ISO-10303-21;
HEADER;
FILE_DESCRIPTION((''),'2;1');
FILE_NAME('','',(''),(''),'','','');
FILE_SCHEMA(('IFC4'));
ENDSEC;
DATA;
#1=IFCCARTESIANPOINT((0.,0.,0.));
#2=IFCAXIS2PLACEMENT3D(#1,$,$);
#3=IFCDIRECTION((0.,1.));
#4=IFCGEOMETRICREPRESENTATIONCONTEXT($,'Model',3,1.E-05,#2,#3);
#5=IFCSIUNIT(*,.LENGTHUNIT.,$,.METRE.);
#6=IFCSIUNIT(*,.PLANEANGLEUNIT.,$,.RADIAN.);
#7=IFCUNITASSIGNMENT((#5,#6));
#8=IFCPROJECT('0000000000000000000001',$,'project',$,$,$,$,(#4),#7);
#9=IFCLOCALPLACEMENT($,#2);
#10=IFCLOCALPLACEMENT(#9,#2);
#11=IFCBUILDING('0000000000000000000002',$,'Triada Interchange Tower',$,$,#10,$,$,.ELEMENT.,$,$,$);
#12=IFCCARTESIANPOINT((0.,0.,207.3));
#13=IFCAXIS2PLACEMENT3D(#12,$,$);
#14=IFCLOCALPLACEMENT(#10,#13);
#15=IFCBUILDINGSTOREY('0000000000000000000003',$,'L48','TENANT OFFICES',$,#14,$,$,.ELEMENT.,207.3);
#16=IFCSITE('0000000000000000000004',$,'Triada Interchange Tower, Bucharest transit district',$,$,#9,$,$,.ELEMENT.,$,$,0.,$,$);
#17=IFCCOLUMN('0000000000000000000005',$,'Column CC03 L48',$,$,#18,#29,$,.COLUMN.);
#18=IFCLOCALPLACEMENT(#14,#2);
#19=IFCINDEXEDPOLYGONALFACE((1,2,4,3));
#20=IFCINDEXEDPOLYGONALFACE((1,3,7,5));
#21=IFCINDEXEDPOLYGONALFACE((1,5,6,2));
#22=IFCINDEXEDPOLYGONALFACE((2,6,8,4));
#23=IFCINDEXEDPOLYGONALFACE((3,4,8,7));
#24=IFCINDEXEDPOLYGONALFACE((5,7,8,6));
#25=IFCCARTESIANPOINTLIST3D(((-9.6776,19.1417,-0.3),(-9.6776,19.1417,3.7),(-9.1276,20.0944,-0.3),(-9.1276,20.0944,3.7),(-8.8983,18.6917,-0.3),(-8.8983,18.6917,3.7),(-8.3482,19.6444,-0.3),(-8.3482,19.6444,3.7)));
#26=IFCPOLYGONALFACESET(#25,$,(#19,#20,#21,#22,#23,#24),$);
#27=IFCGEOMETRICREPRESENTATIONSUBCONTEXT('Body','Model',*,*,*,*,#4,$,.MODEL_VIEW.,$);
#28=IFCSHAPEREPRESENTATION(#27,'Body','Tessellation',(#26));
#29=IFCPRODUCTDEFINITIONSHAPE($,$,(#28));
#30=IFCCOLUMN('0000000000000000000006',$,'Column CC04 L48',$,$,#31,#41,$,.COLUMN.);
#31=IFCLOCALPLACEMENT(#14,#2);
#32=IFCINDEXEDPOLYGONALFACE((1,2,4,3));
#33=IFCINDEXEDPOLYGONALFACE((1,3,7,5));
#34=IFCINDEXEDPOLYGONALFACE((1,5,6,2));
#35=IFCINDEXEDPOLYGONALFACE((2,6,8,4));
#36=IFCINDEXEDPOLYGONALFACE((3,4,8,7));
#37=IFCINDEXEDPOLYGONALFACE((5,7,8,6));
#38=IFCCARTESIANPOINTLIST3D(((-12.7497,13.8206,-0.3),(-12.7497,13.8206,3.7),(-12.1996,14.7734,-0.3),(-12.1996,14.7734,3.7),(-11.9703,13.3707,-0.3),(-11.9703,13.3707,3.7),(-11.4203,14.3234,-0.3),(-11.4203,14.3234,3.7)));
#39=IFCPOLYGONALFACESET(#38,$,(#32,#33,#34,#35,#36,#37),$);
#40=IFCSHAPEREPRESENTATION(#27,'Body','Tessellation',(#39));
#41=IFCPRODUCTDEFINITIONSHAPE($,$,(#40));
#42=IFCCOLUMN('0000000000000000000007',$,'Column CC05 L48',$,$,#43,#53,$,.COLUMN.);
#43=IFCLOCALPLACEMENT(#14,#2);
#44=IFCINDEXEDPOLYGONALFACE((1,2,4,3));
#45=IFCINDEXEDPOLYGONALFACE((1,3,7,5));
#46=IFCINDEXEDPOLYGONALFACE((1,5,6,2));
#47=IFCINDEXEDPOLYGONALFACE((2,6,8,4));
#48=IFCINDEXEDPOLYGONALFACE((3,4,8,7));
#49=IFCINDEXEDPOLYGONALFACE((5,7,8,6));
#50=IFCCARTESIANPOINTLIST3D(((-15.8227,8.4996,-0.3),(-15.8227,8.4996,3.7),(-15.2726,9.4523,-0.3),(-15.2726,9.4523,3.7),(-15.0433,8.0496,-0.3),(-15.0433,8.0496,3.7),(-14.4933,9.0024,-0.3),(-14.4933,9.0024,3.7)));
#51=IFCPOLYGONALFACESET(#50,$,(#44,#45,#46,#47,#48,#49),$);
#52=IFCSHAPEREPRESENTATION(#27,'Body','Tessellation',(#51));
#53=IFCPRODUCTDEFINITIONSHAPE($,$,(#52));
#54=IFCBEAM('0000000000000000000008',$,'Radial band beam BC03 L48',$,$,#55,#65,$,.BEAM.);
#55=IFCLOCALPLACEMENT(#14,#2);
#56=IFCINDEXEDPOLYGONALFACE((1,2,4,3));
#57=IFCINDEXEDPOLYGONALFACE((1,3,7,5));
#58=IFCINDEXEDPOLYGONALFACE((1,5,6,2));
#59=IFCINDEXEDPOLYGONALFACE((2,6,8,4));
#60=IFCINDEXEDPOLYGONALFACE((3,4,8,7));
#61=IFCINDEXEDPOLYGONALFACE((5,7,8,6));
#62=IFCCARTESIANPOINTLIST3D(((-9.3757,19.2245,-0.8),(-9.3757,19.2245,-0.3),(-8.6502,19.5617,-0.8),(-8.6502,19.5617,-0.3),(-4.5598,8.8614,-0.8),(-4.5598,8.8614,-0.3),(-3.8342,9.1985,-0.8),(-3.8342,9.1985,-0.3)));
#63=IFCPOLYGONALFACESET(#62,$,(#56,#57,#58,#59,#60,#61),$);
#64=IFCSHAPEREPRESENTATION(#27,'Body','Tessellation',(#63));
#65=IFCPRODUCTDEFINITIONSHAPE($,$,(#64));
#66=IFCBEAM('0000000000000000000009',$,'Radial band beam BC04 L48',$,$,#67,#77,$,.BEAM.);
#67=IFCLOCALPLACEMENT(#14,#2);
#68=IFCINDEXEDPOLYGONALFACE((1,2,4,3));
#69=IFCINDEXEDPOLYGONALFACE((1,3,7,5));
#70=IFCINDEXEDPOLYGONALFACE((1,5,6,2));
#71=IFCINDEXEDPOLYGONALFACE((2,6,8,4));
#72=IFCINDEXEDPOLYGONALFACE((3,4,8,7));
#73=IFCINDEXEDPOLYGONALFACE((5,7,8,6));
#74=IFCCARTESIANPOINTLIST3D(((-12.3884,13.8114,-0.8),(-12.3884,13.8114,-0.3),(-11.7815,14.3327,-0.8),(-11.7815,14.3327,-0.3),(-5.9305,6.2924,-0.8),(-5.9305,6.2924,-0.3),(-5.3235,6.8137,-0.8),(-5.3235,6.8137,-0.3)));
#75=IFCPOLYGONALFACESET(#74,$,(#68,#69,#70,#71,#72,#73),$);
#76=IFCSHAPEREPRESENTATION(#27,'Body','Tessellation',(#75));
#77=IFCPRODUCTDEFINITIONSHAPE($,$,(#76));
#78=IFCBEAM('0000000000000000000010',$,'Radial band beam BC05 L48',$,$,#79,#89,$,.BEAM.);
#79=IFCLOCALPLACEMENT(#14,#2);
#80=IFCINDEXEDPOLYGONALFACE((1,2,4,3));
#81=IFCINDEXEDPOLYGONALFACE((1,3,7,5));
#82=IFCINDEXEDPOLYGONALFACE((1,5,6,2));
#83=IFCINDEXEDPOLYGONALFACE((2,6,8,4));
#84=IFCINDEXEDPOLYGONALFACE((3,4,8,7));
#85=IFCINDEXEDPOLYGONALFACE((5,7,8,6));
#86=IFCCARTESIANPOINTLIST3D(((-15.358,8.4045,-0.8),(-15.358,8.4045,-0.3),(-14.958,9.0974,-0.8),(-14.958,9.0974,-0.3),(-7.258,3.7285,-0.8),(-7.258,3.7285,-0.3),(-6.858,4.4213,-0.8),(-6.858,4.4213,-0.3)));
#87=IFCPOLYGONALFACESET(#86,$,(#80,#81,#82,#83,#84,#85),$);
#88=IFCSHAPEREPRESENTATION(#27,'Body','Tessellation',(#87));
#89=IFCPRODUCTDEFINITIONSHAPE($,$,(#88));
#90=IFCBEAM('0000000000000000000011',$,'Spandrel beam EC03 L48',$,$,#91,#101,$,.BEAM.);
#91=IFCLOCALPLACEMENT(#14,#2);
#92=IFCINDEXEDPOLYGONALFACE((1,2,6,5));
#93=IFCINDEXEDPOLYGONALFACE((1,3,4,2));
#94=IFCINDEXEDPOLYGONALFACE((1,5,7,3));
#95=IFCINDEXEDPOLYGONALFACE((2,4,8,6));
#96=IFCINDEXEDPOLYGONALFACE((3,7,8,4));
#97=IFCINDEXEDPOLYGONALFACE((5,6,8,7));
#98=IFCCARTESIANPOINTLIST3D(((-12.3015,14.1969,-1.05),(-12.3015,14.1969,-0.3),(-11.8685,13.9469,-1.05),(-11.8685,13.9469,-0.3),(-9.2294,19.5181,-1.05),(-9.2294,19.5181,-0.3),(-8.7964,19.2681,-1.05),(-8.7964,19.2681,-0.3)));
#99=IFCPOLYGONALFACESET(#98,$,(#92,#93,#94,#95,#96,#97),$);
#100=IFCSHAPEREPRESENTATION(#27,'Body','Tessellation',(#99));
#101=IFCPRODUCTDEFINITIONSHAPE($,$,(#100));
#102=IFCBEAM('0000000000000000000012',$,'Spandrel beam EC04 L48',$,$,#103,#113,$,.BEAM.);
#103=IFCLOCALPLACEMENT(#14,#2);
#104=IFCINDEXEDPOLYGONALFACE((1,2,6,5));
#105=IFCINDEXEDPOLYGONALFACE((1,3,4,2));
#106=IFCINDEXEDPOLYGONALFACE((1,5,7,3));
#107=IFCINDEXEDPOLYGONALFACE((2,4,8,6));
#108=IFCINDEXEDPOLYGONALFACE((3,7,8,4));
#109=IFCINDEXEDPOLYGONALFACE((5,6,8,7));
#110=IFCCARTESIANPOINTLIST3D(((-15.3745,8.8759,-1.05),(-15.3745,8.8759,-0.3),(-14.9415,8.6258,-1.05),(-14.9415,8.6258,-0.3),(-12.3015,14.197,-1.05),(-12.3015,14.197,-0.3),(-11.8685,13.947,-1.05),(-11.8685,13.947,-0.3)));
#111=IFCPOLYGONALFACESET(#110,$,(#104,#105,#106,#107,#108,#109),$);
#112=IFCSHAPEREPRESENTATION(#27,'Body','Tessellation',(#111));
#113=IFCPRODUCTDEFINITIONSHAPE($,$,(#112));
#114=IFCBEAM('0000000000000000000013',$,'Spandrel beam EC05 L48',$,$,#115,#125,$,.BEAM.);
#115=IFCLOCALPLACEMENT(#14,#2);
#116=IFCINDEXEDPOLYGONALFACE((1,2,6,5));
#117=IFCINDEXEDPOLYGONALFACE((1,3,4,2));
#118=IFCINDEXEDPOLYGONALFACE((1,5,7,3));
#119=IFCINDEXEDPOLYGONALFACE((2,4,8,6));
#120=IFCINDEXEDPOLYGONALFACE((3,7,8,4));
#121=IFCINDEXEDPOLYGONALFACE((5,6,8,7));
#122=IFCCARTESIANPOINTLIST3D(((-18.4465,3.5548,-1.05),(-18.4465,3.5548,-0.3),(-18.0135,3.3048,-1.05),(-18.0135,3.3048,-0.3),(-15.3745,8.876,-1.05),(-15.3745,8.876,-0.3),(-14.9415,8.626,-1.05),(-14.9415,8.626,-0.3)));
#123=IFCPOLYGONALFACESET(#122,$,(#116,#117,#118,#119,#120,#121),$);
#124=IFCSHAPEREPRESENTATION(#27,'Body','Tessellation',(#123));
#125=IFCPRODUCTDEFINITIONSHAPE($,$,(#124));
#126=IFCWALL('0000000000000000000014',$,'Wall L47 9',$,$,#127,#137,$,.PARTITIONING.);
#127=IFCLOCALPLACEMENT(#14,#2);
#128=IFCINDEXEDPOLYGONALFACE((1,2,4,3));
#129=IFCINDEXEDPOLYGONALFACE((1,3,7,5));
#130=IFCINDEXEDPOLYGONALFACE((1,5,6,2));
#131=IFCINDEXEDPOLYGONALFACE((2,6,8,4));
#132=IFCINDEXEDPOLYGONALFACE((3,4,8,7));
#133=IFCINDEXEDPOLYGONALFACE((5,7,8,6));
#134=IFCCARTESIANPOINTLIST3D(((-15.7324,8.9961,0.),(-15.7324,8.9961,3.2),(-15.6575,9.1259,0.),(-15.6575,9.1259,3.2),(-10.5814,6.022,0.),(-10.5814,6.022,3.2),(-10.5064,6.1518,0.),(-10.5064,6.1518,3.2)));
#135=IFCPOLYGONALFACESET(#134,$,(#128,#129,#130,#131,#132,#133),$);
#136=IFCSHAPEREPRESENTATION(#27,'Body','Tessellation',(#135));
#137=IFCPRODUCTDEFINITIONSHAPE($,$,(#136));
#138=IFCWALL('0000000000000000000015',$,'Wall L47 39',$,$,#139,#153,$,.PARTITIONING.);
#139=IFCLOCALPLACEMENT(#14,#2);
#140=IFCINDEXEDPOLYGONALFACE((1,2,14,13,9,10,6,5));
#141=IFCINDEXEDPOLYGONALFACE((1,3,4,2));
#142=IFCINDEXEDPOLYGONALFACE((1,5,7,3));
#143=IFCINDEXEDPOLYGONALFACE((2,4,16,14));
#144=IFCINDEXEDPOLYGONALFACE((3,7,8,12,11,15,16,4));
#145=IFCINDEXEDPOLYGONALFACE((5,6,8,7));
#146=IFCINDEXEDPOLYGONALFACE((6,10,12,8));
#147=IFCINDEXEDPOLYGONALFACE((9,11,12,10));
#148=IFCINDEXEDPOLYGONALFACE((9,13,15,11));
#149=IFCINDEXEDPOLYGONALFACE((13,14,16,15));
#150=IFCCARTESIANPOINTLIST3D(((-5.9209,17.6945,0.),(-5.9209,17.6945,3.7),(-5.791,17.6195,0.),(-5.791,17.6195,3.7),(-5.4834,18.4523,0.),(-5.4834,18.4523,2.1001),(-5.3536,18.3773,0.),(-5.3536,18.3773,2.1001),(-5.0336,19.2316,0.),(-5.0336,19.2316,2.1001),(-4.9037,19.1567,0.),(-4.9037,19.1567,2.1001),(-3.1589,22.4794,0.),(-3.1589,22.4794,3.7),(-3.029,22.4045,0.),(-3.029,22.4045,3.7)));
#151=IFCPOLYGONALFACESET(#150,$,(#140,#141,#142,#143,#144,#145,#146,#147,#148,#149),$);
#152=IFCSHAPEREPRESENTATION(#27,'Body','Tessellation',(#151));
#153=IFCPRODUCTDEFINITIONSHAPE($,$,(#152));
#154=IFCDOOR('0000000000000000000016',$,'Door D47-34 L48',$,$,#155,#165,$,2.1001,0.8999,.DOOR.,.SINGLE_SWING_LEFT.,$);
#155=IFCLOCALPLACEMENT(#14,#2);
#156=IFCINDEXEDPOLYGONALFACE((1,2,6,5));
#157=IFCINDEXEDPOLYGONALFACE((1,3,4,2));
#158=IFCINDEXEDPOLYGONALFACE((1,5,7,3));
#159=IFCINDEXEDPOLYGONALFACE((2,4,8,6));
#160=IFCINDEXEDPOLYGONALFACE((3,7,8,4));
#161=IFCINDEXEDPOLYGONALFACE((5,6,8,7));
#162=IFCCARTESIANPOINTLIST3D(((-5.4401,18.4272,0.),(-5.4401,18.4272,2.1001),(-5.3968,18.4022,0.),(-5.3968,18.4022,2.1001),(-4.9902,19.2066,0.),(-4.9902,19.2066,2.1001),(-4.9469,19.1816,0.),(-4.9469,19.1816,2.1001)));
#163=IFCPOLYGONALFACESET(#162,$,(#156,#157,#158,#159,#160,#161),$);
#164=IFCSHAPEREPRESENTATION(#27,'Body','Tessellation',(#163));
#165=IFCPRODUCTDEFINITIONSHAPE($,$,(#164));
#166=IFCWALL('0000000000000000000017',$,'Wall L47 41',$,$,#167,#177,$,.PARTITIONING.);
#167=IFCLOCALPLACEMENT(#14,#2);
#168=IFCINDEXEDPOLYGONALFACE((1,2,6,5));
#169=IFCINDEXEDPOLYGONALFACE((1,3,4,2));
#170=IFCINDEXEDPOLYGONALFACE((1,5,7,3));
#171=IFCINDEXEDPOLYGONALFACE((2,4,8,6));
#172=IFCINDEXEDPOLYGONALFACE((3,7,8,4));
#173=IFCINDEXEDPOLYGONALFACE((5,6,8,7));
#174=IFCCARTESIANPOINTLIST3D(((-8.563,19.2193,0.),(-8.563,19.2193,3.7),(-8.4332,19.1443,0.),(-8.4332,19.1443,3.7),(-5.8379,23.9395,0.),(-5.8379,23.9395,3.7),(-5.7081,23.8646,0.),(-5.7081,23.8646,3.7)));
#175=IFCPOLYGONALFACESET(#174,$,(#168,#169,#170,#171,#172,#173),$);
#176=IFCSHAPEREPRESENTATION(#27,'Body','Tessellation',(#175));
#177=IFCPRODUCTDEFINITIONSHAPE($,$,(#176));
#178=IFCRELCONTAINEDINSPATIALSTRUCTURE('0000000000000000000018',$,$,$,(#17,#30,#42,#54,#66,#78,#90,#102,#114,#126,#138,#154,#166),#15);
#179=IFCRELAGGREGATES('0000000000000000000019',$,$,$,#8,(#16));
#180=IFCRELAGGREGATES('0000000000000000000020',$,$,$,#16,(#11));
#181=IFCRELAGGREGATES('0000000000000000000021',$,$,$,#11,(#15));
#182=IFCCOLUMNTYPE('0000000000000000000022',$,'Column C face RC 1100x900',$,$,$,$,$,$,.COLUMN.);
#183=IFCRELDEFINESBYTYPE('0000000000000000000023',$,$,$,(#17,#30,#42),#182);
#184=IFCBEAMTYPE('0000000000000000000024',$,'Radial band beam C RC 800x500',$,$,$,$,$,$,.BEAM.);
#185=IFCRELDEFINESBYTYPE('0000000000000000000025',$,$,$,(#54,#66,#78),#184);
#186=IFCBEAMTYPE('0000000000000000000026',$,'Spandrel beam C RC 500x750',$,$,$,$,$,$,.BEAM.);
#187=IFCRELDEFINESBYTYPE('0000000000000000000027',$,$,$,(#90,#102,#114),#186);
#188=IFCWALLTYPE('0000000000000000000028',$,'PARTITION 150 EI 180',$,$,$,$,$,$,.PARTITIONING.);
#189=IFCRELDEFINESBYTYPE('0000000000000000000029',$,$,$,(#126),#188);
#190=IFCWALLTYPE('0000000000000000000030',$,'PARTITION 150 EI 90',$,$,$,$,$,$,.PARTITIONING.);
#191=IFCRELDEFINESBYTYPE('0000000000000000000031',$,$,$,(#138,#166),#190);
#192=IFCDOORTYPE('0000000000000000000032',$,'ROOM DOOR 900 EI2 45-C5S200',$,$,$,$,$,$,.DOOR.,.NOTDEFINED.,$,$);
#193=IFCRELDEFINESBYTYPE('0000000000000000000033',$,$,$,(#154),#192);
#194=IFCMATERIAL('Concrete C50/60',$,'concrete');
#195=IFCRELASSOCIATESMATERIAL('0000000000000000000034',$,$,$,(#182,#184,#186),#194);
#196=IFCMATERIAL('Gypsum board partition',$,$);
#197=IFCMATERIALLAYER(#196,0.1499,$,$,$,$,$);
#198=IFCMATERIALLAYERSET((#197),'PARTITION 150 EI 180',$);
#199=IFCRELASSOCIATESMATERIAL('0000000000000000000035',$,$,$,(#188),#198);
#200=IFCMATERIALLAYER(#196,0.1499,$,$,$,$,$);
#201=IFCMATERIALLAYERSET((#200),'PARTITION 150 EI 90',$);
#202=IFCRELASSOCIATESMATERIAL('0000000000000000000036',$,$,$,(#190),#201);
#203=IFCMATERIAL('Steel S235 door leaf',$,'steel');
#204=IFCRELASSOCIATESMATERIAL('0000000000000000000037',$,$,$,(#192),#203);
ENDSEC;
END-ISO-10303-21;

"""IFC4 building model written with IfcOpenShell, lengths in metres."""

from ifc_helpers import new_model, si_unit, direction, frame, frame_2d, origin, origin_2d, place, context, subcontext, project, spatial, rectangle, extrude, material, layer, layer_set, material_profile, profile_set, type_object, element, fill, save


model = new_model("IFC4")

# Units and contexts
model_context = context("Model", 3, precision=1e-05, world=origin(), true_north=direction((0.0, 1.0)))
body_context = subcontext(model_context, "Body", "Model", "MODEL_VIEW")
ifc_project = project(units=[si_unit("LENGTHUNIT", "METRE"), si_unit("PLANEANGLEUNIT", "RADIAN")], contexts=[model_context])

# Site, building, storey
site_placement = place(None, origin())
site = spatial("IfcSite", under=ifc_project, at=site_placement, Name="Triada Interchange Tower, Bucharest transit district", CompositionType="ELEMENT", RefElevation=0.0)
building_placement = place(site_placement, origin())
building = spatial("IfcBuilding", under=site, at=building_placement, Name="Triada Interchange Tower", CompositionType="ELEMENT")
storey_placement = place(building_placement, frame((0.0, 0.0, 207.3)))
storey = spatial("IfcBuildingStorey", under=building, at=storey_placement, Name="L48", Description="TENANT OFFICES", CompositionType="ELEMENT", Elevation=207.3)

# Columns
ifc_material_1 = material(Name="Concrete C50/60", Category="concrete")
ifc_material_profile_1 = material_profile(ifc_material_1, rectangle(XDim=1.1001, YDim=0.8999, at=origin_2d()), Name="RC 1100x900")
ifc_profile_set_1 = profile_set([ifc_material_profile_1], Name="Concrete C50/60")
column_type = type_object("IfcColumnType", Name="Column C face RC 1100x900", PredefinedType="COLUMN", material=ifc_profile_set_1)
for number, where, z_axis, x_axis, name in (
    (1, (-9.0129, 19.3931, -0.3), (0.0, 0.0, 1.0), (0.5, 0.866025, 0.0), "Column CC03 L48"),
    (2, (-12.085, 14.072, -0.3), (0.0, 0.0, 1.0), (0.5, 0.866025, 0.0), "Column CC04 L48"),
    (3, (-15.158, 8.751, -0.3), (0.0, 0.0, 1.0), (0.5, 0.866025, 0.0), "Column CC05 L48"),
):
    element("IfcColumn", number, at=place(storey_placement, frame(where, z_axis=z_axis, x_axis=x_axis)), inside=storey, type_object=column_type, Name=name, PredefinedType="COLUMN", context=body_context, shape_type="SweptSolid", body=[
        extrude(rectangle(XDim=1.1001, YDim=0.8999, at=origin_2d()), origin(), (0.0, 0.0, 1.0), 4.0),
    ])

# Beams
ifc_material_profile_2 = material_profile(ifc_material_1, rectangle(XDim=0.8, YDim=0.5, at=origin_2d()), Name="RC 800x500")
ifc_profile_set_2 = profile_set([ifc_material_profile_2], Name="Concrete C50/60")
beam_type_1 = type_object("IfcBeamType", Name="Radial band beam C RC 800x500", PredefinedType="BEAM", material=ifc_profile_set_2)
beam_1_placement = place(storey_placement, frame((-9.0129, 19.3931, -0.55), z_axis=(0.421436, -0.906858, 0.0), x_axis=(0.906858, 0.421436, 0.0)))
element("IfcBeam", 4, at=beam_1_placement, inside=storey, type_object=beam_type_1, Name="Radial band beam BC03 L48", PredefinedType="BEAM", context=body_context, shape_type="SweptSolid", body=[
    extrude(rectangle(XDim=0.8, YDim=0.5, at=origin_2d()), origin(), (0.0, 0.0, 1.0), 11.4275),
])
beam_2_placement = place(storey_placement, frame((-12.085, 14.072, -0.55), z_axis=(0.651554, -0.758602, 0.0), x_axis=(0.758602, 0.651554, 0.0)))
element("IfcBeam", 5, at=beam_2_placement, inside=storey, type_object=beam_type_1, Name="Radial band beam BC04 L48", PredefinedType="BEAM", context=body_context, shape_type="SweptSolid", body=[
    extrude(rectangle(XDim=0.8, YDim=0.5, at=origin_2d()), origin(), (0.0, 0.0, 1.0), 9.9116),
])
beam_3_placement = place(storey_placement, frame((-15.158, 8.751, -0.55), z_axis=(0.866045, -0.499966, 0.0), x_axis=(0.499966, 0.866045, 0.0)))
element("IfcBeam", 6, at=beam_3_placement, inside=storey, type_object=beam_type_1, Name="Radial band beam BC05 L48", PredefinedType="BEAM", context=body_context, shape_type="SweptSolid", body=[
    extrude(rectangle(XDim=0.8, YDim=0.5, at=origin_2d()), origin(), (0.0, 0.0, 1.0), 9.3528),
])
ifc_material_profile_3 = material_profile(ifc_material_1, rectangle(XDim=0.5, YDim=0.75, at=origin_2d()), Name="RC 500x750")
ifc_profile_set_3 = profile_set([ifc_material_profile_3], Name="Concrete C50/60")
beam_type_2 = type_object("IfcBeamType", Name="Spandrel beam C RC 500x750", PredefinedType="BEAM", material=ifc_profile_set_3)
beam_4_placement = place(storey_placement, frame((-9.0129, 19.3931, -0.675), z_axis=(-0.49999, -0.866031, 0.0), x_axis=(0.866031, -0.49999, 0.0)))
element("IfcBeam", 7, at=beam_4_placement, inside=storey, type_object=beam_type_2, Name="Spandrel beam EC03 L48", PredefinedType="BEAM", context=body_context, shape_type="SweptSolid", body=[
    extrude(rectangle(XDim=0.5, YDim=0.75, at=origin_2d()), origin(), (0.0, 0.0, 1.0), 6.1443),
])
beam_5_placement = place(storey_placement, frame((-12.085, 14.072, -0.675), z_axis=(-0.500109, -0.865963, 0.0), x_axis=(0.865963, -0.500109, 0.0)))
element("IfcBeam", 8, at=beam_5_placement, inside=storey, type_object=beam_type_2, Name="Spandrel beam EC04 L48", PredefinedType="BEAM", context=body_context, shape_type="SweptSolid", body=[
    extrude(rectangle(XDim=0.5, YDim=0.75, at=origin_2d()), origin(), (0.0, 0.0, 1.0), 6.1448),
])
beam_6_placement = place(storey_placement, frame((-15.158, 8.751, -0.675), z_axis=(-0.49999, -0.866031, 0.0), x_axis=(0.866031, -0.49999, 0.0)))
element("IfcBeam", 9, at=beam_6_placement, inside=storey, type_object=beam_type_2, Name="Spandrel beam EC05 L48", PredefinedType="BEAM", context=body_context, shape_type="SweptSolid", body=[
    extrude(rectangle(XDim=0.5, YDim=0.75, at=origin_2d()), origin(), (0.0, 0.0, 1.0), 6.1443),
])

# Shared definitions
ifc_material_2 = material(Name="Steel S235 door leaf", Category="steel")

# Wall
ifc_material_3 = material(Name="Gypsum board partition")
ifc_layer_1 = layer(ifc_material_3, 0.1499)
ifc_layer_set_1 = layer_set([ifc_layer_1], Name="PARTITION 150 EI 180")
wall_type_1 = type_object("IfcWallType", Name="PARTITION 150 EI 180", PredefinedType="PARTITIONING", material=ifc_layer_set_1)
wall_1_placement = place(storey_placement, frame((-15.6951, 9.061, 0.0), z_axis=(0.0, 0.0, 1.0), x_axis=(0.866017, -0.500015, 0.0)))
element("IfcWall", 10, at=wall_1_placement, inside=storey, type_object=wall_type_1, Name="Wall L47 9", PredefinedType="PARTITIONING", context=body_context, shape_type="SweptSolid", body=[
    extrude(rectangle(XDim=5.948, YDim=0.1499, at=frame_2d((2.9741, 0.0))), origin(), (0.0, 0.0, 1.0), 3.2),
])

# Wall, opening, door
ifc_layer_2 = layer(ifc_material_3, 0.1499)
ifc_layer_set_2 = layer_set([ifc_layer_2], Name="PARTITION 150 EI 90")
wall_type_2 = type_object("IfcWallType", Name="PARTITION 150 EI 90", PredefinedType="PARTITIONING", material=ifc_layer_set_2)
wall_2_placement = place(storey_placement, frame((-5.856, 17.657, 0.0), z_axis=(0.0, 0.0, 1.0), x_axis=(0.499918, 0.866073, 0.0)))
wall_2 = element("IfcWall", 11, at=wall_2_placement, inside=storey, type_object=wall_type_2, Name="Wall L47 39", PredefinedType="PARTITIONING", context=body_context, shape_type="SweptSolid", body=[
    extrude(rectangle(XDim=5.5249, YDim=0.1499, at=frame_2d((2.7625, 0.0))), origin(), (0.0, 0.0, 1.0), 3.7),
])
opening_1_placement = place(wall_2_placement, frame((0.875, 0.0, 0.0)))
opening_1 = element("IfcOpeningElement", 12, at=opening_1_placement, cuts=wall_2, PredefinedType="OPENING", context=body_context, shape_type="SweptSolid", body=[
    extrude(rectangle(XDim=0.8999, YDim=2.1001, at=frame_2d((0.45, 1.05))), frame((0.0, 0.085, 0.0), z_axis=(0.0, -1.0, 0.0), x_axis=(1.0, 0.0, 0.0)), (0.0, 0.0, 1.0), 0.1699),
])
door_type_1 = type_object("IfcDoorType", Name="ROOM DOOR 900 EI2 45-C5S200", OperationType="NOTDEFINED", PredefinedType="DOOR", material=ifc_material_2)
door_1_placement = place(opening_1_placement, origin())
door_1 = element("IfcDoor", 13, at=door_1_placement, inside=storey, type_object=door_type_1, Name="Door D47-34 L48", OperationType="SINGLE_SWING_LEFT", OverallHeight=2.1001, OverallWidth=0.8999, PredefinedType="DOOR", context=body_context, shape_type="SweptSolid", body=[
    extrude(rectangle(XDim=0.8999, YDim=2.1001, at=frame_2d((0.45, 1.05))), frame((0.0, 0.0249, 0.0), z_axis=(0.0, -1.0, 0.0), x_axis=(1.0, 0.0, 0.0)), (0.0, 0.0, 1.0), 0.05),
])
fill(opening_1, door_1)

# Wall
wall_3_placement = place(storey_placement, frame((-8.498, 19.1819, 0.0), z_axis=(0.0, 0.0, 1.0), x_axis=(0.499984, 0.866035, 0.0)))
element("IfcWall", 14, at=wall_3_placement, inside=storey, type_object=wall_type_2, Name="Wall L47 41", PredefinedType="PARTITIONING", context=body_context, shape_type="SweptSolid", body=[
    extrude(rectangle(XDim=5.4504, YDim=0.1499, at=frame_2d((2.7251, 0.0))), origin(), (0.0, 0.0, 1.0), 3.7),
])

save(model, "model.ifc")
